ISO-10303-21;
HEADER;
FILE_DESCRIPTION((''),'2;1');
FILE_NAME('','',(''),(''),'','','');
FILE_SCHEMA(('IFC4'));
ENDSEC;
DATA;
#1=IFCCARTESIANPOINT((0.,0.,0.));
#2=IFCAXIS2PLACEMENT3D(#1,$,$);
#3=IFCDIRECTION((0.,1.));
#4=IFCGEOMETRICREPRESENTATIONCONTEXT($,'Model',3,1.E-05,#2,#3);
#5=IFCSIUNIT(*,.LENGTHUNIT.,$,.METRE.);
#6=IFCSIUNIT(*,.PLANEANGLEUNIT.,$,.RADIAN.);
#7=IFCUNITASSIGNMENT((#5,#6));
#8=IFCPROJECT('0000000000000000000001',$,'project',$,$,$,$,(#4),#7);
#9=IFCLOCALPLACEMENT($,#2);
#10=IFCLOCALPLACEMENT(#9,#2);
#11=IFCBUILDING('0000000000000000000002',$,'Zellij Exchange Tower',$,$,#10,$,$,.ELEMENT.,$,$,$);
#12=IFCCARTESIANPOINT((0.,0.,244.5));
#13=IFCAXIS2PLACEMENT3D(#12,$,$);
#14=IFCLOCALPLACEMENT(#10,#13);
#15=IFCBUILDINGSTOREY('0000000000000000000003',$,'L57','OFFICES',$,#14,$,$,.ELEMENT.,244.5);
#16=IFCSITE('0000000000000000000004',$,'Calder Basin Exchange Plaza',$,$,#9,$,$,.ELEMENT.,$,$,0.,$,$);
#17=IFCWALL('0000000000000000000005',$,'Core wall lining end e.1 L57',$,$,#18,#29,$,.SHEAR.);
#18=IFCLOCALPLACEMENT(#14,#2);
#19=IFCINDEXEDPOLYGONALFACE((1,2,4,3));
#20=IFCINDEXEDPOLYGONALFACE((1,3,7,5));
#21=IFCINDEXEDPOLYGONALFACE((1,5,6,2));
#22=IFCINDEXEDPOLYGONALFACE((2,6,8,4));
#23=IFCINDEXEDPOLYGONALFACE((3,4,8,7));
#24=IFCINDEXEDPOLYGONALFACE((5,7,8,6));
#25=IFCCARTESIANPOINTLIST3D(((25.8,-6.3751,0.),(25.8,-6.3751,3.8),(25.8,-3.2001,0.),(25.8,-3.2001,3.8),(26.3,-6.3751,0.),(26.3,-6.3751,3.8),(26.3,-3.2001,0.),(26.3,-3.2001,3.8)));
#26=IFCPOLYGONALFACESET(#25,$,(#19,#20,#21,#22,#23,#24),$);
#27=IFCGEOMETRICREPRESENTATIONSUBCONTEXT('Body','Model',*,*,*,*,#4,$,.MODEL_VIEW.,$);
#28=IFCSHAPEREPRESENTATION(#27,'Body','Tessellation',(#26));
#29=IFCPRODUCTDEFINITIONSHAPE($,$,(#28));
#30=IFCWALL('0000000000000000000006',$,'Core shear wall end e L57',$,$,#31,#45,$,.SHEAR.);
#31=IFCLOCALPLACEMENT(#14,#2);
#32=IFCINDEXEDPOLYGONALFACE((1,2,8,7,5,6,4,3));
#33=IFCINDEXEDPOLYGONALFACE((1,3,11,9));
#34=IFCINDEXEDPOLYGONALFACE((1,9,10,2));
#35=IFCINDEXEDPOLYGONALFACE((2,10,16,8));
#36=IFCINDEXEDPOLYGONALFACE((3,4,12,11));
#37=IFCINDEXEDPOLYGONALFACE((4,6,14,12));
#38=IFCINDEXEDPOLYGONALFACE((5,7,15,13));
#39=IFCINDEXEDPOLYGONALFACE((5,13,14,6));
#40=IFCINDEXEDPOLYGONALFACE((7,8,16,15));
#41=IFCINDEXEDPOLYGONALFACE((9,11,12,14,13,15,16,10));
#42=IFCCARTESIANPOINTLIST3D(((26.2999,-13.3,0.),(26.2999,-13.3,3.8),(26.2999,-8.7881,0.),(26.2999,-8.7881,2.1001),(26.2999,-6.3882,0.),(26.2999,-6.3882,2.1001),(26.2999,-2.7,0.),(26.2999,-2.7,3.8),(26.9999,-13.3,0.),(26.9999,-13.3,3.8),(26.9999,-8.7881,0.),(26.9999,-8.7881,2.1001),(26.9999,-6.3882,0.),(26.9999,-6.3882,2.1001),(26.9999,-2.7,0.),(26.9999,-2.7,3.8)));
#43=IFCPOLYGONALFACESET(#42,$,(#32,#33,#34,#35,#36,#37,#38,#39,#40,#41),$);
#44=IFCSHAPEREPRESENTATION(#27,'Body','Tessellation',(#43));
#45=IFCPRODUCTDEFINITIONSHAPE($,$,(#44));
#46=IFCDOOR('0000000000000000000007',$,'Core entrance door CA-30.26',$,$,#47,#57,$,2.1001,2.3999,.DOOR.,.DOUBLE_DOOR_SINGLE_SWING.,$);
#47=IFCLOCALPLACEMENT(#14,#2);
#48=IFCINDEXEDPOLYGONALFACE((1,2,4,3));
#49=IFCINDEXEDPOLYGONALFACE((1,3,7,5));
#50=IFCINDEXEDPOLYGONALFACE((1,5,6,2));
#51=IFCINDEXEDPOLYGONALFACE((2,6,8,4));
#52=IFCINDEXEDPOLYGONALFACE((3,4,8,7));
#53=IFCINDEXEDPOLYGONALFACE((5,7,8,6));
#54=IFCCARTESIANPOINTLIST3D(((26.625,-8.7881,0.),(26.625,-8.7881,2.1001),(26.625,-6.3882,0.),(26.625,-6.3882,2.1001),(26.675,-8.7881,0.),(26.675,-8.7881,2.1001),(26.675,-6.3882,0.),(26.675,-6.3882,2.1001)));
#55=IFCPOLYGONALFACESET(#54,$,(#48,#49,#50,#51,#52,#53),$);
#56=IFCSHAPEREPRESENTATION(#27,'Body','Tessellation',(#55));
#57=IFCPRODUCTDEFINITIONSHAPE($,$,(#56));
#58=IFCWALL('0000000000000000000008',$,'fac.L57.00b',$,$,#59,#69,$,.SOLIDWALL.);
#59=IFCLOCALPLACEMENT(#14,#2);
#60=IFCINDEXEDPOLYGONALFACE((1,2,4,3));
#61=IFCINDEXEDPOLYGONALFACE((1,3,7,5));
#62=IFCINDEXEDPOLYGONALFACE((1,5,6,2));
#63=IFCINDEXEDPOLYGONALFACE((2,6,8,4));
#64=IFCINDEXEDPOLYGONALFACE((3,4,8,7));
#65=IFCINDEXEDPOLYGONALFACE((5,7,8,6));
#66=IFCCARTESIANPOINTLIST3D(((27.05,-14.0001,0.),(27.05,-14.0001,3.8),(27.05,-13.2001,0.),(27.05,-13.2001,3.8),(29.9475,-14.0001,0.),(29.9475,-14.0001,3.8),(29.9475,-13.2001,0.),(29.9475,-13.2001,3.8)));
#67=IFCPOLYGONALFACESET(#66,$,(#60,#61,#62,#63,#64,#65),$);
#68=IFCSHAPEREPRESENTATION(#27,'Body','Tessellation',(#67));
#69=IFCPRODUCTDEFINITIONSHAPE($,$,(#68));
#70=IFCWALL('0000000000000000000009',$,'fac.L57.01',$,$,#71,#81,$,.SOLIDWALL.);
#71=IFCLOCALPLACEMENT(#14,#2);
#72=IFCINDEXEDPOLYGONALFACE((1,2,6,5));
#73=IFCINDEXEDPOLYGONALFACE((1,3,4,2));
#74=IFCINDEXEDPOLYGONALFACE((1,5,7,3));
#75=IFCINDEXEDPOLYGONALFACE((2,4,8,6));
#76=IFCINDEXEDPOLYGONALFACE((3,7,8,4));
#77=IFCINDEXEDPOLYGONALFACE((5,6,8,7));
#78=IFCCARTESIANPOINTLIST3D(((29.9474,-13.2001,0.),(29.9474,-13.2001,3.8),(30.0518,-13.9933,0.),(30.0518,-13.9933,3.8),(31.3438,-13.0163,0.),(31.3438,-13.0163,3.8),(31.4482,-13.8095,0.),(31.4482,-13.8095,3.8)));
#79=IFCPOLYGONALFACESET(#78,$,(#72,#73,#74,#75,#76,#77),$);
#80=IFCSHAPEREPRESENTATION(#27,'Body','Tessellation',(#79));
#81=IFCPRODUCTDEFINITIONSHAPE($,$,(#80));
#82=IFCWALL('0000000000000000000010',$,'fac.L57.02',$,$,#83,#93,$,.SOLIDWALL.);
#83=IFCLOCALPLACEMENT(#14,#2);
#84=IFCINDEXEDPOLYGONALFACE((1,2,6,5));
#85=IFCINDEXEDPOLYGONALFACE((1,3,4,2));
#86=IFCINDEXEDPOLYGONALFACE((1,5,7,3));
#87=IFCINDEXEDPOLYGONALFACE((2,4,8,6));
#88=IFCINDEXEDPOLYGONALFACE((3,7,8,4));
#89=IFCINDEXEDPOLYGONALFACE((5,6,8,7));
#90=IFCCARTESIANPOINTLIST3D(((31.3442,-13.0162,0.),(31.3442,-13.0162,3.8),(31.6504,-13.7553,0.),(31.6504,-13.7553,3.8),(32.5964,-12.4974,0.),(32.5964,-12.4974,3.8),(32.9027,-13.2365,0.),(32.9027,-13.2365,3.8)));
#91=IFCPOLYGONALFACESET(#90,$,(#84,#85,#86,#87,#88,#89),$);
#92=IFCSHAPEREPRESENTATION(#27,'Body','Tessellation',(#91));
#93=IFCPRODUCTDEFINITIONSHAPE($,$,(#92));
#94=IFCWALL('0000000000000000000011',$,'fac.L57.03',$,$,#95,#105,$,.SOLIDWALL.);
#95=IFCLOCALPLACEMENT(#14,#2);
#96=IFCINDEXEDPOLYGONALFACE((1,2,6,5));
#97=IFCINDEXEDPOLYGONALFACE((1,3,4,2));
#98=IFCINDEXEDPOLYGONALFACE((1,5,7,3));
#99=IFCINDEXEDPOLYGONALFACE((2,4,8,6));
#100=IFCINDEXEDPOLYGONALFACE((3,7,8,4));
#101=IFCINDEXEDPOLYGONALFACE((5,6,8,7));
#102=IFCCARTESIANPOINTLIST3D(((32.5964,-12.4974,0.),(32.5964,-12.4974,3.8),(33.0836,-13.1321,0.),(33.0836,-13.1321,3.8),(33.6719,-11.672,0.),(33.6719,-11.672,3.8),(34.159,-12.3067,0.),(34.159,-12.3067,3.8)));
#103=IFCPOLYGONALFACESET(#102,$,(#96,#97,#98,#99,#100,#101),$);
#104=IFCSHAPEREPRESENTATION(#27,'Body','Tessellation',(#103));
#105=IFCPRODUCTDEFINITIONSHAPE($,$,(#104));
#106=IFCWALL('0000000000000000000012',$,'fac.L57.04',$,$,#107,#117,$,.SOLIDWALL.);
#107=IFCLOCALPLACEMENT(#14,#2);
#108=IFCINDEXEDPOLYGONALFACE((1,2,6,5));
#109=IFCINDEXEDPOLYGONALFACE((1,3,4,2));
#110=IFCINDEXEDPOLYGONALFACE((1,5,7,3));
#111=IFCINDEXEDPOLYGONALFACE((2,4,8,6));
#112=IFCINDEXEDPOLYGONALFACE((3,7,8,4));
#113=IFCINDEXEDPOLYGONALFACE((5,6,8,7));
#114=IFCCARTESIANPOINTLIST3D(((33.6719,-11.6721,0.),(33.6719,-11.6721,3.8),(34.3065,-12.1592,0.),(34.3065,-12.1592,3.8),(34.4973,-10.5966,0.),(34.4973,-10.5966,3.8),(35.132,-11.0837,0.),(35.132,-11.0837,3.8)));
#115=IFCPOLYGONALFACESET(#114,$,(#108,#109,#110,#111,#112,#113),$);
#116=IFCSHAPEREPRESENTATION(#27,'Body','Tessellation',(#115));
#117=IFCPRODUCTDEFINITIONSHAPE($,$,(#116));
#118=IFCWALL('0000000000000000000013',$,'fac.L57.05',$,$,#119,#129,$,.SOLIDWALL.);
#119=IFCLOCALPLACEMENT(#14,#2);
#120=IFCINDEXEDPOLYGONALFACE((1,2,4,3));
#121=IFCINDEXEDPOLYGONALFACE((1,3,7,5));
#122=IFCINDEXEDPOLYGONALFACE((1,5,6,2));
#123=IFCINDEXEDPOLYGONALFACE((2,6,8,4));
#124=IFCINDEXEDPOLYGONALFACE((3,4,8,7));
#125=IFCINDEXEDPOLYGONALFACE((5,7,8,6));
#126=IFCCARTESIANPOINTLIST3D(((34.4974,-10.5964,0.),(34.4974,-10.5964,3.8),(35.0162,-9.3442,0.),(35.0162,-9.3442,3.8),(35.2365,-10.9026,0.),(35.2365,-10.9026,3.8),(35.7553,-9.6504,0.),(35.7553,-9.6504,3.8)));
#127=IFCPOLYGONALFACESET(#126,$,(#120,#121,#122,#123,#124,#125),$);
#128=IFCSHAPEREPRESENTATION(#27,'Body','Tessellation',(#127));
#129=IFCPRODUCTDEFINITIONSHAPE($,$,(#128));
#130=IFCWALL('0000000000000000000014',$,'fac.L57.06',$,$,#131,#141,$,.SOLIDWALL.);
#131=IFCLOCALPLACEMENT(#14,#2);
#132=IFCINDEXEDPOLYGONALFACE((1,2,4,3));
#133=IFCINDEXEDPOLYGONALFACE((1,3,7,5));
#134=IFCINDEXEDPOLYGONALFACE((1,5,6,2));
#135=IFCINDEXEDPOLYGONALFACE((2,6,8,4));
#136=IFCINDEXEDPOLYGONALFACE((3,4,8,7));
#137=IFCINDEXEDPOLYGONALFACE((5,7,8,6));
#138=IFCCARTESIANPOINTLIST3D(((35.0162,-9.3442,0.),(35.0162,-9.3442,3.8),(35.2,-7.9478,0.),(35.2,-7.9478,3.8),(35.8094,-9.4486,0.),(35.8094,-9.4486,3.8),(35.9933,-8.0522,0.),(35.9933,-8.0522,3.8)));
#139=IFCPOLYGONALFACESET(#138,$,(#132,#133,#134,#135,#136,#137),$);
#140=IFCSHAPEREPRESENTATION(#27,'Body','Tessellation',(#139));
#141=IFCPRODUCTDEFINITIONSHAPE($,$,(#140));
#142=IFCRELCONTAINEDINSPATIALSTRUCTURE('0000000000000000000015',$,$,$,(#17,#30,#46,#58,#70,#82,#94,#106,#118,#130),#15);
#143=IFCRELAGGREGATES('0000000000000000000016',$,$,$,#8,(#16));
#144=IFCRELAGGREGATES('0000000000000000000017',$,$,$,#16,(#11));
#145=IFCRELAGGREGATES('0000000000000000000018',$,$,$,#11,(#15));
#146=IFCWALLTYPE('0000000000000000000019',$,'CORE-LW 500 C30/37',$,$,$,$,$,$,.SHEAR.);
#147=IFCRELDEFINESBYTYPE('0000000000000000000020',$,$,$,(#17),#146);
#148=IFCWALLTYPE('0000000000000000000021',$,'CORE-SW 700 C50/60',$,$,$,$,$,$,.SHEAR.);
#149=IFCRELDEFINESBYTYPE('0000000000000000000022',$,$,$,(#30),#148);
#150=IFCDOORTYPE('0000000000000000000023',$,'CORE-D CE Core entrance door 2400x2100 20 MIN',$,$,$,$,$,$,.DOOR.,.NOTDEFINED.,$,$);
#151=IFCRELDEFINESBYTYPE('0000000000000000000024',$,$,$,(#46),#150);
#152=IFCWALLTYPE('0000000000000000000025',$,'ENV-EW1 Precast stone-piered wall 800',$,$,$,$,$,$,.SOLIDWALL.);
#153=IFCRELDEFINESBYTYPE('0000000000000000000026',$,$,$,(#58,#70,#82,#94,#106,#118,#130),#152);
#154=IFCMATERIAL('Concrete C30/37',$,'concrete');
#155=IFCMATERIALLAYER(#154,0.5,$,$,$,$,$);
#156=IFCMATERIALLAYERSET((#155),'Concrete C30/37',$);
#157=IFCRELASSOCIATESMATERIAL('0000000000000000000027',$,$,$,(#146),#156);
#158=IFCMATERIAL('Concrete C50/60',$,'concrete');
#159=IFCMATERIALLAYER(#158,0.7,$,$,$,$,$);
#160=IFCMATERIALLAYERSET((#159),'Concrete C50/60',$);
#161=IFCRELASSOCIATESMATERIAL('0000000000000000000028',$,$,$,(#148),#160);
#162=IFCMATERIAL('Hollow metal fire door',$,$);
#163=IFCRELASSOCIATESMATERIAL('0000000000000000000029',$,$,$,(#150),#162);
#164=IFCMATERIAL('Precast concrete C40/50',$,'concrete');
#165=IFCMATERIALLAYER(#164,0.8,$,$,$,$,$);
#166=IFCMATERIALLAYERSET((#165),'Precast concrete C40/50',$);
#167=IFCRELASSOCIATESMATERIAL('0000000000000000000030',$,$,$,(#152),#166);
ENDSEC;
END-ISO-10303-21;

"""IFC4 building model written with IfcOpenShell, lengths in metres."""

from ifc_helpers import new_model, si_unit, direction, frame, frame_2d, origin, place, context, subcontext, project, spatial, rectangle, extrude, material, layer, layer_set, type_object, element, fill, save


model = new_model("IFC4")

# Units and contexts
model_context = context("Model", 3, precision=1e-05, world=origin(), true_north=direction((0.0, 1.0)))
body_context = subcontext(model_context, "Body", "Model", "MODEL_VIEW")
ifc_project = project(units=[si_unit("LENGTHUNIT", "METRE"), si_unit("PLANEANGLEUNIT", "RADIAN")], contexts=[model_context])

# Site, building, storey
site_placement = place(None, origin())
site = spatial("IfcSite", under=ifc_project, at=site_placement, Name="Calder Basin Exchange Plaza", CompositionType="ELEMENT", RefElevation=0.0)
building_placement = place(site_placement, origin())
building = spatial("IfcBuilding", under=site, at=building_placement, Name="Zellij Exchange Tower", CompositionType="ELEMENT")
storey_placement = place(building_placement, frame((0.0, 0.0, 244.5)))
storey = spatial("IfcBuildingStorey", under=building, at=storey_placement, Name="L57", Description="OFFICES", CompositionType="ELEMENT", Elevation=244.5)

# Shared definitions
ifc_material_1 = material(Name="Concrete C50/60", Category="concrete")

# Wall
ifc_material_2 = material(Name="Concrete C30/37", Category="concrete")
ifc_layer_1 = layer(ifc_material_2, 0.5)
ifc_layer_set_1 = layer_set([ifc_layer_1], Name="Concrete C30/37")
wall_type_1 = type_object("IfcWallType", Name="CORE-LW 500 C30/37", PredefinedType="SHEAR", material=ifc_layer_set_1)
wall_1_placement = place(storey_placement, frame((26.05, -6.375, 0.0), z_axis=(0.0, 0.0, 1.0), x_axis=(0.0, 1.0, 0.0)))
element("IfcWall", 1, at=wall_1_placement, inside=storey, type_object=wall_type_1, Name="Core wall lining end e.1 L57", PredefinedType="SHEAR", context=body_context, shape_type="SweptSolid", body=[
    extrude(rectangle(XDim=3.175, YDim=0.5, at=frame_2d((1.5874, 0.0))), origin(), (0.0, 0.0, 1.0), 3.8),
])

# Wall, opening, door
ifc_layer_2 = layer(ifc_material_1, 0.7)
ifc_layer_set_2 = layer_set([ifc_layer_2], Name="Concrete C50/60")
wall_type_2 = type_object("IfcWallType", Name="CORE-SW 700 C50/60", PredefinedType="SHEAR", material=ifc_layer_set_2)
wall_2_placement = place(storey_placement, frame((26.6499, -13.3, 0.0), z_axis=(0.0, 0.0, 1.0), x_axis=(0.0, 1.0, 0.0)))
wall_2 = element("IfcWall", 2, at=wall_2_placement, inside=storey, type_object=wall_type_2, Name="Core shear wall end e L57", PredefinedType="SHEAR", context=body_context, shape_type="SweptSolid", body=[
    extrude(rectangle(XDim=10.6001, YDim=0.7, at=frame_2d((5.3, 0.0))), origin(), (0.0, 0.0, 1.0), 3.8),
])
opening_1_placement = place(wall_2_placement, frame((4.512, 0.0, 0.0)))
opening_1 = element("IfcOpeningElement", 3, at=opening_1_placement, cuts=wall_2, PredefinedType="OPENING", context=body_context, shape_type="SweptSolid", body=[
    extrude(rectangle(XDim=2.3999, YDim=2.1001, at=frame_2d((1.2, 1.05))), frame((0.0, 0.3618, 0.0), z_axis=(0.0, -1.0, 0.0), x_axis=(1.0, 0.0, 0.0)), (0.0, 0.0, 1.0), 0.7239),
])
ifc_material_3 = material(Name="Hollow metal fire door")
door_type_1 = type_object("IfcDoorType", Name="CORE-D CE Core entrance door 2400x2100 20 MIN", OperationType="NOTDEFINED", PredefinedType="DOOR", material=ifc_material_3)
door_1_placement = place(opening_1_placement, origin())
door_1 = element("IfcDoor", 4, at=door_1_placement, inside=storey, type_object=door_type_1, Name="Core entrance door CA-30.26", OperationType="DOUBLE_DOOR_SINGLE_SWING", OverallHeight=2.1001, OverallWidth=2.3999, PredefinedType="DOOR", context=body_context, shape_type="SweptSolid", body=[
    extrude(rectangle(XDim=2.3999, YDim=2.1001, at=frame_2d((1.2, 1.05))), frame((0.0, 0.0249, 0.0), z_axis=(0.0, -1.0, 0.0), x_axis=(1.0, 0.0, 0.0)), (0.0, 0.0, 1.0), 0.05),
])
fill(opening_1, door_1)

# Walls
ifc_material_4 = material(Name="Precast concrete C40/50", Category="concrete")
ifc_layer_3 = layer(ifc_material_4, 0.8)
ifc_layer_set_3 = layer_set([ifc_layer_3], Name="Precast concrete C40/50")
wall_type_3 = type_object("IfcWallType", Name="ENV-EW1 Precast stone-piered wall 800", PredefinedType="SOLIDWALL", material=ifc_layer_set_3)
wall_3_placement = place(storey_placement, frame((27.05, -13.6001, 0.0), z_axis=(0.0, 0.0, 1.0), x_axis=(1.0, 0.0, 0.0)))
element("IfcWall", 5, at=wall_3_placement, inside=storey, type_object=wall_type_3, Name="fac.L57.00b", PredefinedType="SOLIDWALL", context=body_context, shape_type="SweptSolid", body=[
    extrude(rectangle(XDim=2.8975, YDim=0.8, at=frame_2d((1.4487, 0.0))), origin(), (0.0, 0.0, 1.0), 3.8),
])
wall_4_placement = place(storey_placement, frame((29.9998, -13.5967, 0.0), z_axis=(0.0, 0.0, 1.0), x_axis=(0.991446, 0.130517, 0.0)))
element("IfcWall", 6, at=wall_4_placement, inside=storey, type_object=wall_type_3, Name="fac.L57.01", PredefinedType="SOLIDWALL", context=body_context, shape_type="SweptSolid", body=[
    extrude(rectangle(XDim=1.4084, YDim=0.8, at=frame_2d((0.7041, 0.0))), origin(), (0.0, 0.0, 1.0), 3.8),
])
wall_5_placement = place(storey_placement, frame((31.4973, -13.3857, 0.0), z_axis=(0.0, 0.0, 1.0), x_axis=(0.923848, 0.38276, 0.0)))
element("IfcWall", 7, at=wall_5_placement, inside=storey, type_object=wall_type_3, Name="fac.L57.02", PredefinedType="SOLIDWALL", context=body_context, shape_type="SweptSolid", body=[
    extrude(rectangle(XDim=1.3555, YDim=0.8, at=frame_2d((0.6777, 0.0))), origin(), (0.0, 0.0, 1.0), 3.8),
])
for number, where, z_axis, x_axis, name in (
    (8, (32.8401, -12.8147, 0.0), (0.0, 0.0, 1.0), (0.793273, 0.608866, 0.0), "fac.L57.03"),
    (9, (33.9893, -11.9155, 0.0), (0.0, 0.0, 1.0), (0.608866, 0.793273, 0.0), "fac.L57.04"),
):
    element("IfcWall", number, at=place(storey_placement, frame(where, z_axis=z_axis, x_axis=x_axis)), inside=storey, type_object=wall_type_3, Name=name, PredefinedType="SOLIDWALL", context=body_context, shape_type="SweptSolid", body=[
        extrude(rectangle(XDim=1.3557, YDim=0.8, at=frame_2d((0.6777, 0.0))), origin(), (0.0, 0.0, 1.0), 3.8),
    ])
wall_6_placement = place(storey_placement, frame((34.8669, -10.7495, 0.0), z_axis=(0.0, 0.0, 1.0), x_axis=(0.38276, 0.923848, 0.0)))
element("IfcWall", 10, at=wall_6_placement, inside=storey, type_object=wall_type_3, Name="fac.L57.05", PredefinedType="SOLIDWALL", context=body_context, shape_type="SweptSolid", body=[
    extrude(rectangle(XDim=1.3555, YDim=0.8, at=frame_2d((0.6777, 0.0))), origin(), (0.0, 0.0, 1.0), 3.8),
])
wall_7_placement = place(storey_placement, frame((35.4128, -9.3962, 0.0), z_axis=(0.0, 0.0, 1.0), x_axis=(0.130517, 0.991446, 0.0)))
element("IfcWall", 11, at=wall_7_placement, inside=storey, type_object=wall_type_3, Name="fac.L57.06", PredefinedType="SOLIDWALL", context=body_context, shape_type="SweptSolid", body=[
    extrude(rectangle(XDim=1.4084, YDim=0.8, at=frame_2d((0.7041, 0.0))), origin(), (0.0, 0.0, 1.0), 3.8),
])

save(model, "model.ifc")
